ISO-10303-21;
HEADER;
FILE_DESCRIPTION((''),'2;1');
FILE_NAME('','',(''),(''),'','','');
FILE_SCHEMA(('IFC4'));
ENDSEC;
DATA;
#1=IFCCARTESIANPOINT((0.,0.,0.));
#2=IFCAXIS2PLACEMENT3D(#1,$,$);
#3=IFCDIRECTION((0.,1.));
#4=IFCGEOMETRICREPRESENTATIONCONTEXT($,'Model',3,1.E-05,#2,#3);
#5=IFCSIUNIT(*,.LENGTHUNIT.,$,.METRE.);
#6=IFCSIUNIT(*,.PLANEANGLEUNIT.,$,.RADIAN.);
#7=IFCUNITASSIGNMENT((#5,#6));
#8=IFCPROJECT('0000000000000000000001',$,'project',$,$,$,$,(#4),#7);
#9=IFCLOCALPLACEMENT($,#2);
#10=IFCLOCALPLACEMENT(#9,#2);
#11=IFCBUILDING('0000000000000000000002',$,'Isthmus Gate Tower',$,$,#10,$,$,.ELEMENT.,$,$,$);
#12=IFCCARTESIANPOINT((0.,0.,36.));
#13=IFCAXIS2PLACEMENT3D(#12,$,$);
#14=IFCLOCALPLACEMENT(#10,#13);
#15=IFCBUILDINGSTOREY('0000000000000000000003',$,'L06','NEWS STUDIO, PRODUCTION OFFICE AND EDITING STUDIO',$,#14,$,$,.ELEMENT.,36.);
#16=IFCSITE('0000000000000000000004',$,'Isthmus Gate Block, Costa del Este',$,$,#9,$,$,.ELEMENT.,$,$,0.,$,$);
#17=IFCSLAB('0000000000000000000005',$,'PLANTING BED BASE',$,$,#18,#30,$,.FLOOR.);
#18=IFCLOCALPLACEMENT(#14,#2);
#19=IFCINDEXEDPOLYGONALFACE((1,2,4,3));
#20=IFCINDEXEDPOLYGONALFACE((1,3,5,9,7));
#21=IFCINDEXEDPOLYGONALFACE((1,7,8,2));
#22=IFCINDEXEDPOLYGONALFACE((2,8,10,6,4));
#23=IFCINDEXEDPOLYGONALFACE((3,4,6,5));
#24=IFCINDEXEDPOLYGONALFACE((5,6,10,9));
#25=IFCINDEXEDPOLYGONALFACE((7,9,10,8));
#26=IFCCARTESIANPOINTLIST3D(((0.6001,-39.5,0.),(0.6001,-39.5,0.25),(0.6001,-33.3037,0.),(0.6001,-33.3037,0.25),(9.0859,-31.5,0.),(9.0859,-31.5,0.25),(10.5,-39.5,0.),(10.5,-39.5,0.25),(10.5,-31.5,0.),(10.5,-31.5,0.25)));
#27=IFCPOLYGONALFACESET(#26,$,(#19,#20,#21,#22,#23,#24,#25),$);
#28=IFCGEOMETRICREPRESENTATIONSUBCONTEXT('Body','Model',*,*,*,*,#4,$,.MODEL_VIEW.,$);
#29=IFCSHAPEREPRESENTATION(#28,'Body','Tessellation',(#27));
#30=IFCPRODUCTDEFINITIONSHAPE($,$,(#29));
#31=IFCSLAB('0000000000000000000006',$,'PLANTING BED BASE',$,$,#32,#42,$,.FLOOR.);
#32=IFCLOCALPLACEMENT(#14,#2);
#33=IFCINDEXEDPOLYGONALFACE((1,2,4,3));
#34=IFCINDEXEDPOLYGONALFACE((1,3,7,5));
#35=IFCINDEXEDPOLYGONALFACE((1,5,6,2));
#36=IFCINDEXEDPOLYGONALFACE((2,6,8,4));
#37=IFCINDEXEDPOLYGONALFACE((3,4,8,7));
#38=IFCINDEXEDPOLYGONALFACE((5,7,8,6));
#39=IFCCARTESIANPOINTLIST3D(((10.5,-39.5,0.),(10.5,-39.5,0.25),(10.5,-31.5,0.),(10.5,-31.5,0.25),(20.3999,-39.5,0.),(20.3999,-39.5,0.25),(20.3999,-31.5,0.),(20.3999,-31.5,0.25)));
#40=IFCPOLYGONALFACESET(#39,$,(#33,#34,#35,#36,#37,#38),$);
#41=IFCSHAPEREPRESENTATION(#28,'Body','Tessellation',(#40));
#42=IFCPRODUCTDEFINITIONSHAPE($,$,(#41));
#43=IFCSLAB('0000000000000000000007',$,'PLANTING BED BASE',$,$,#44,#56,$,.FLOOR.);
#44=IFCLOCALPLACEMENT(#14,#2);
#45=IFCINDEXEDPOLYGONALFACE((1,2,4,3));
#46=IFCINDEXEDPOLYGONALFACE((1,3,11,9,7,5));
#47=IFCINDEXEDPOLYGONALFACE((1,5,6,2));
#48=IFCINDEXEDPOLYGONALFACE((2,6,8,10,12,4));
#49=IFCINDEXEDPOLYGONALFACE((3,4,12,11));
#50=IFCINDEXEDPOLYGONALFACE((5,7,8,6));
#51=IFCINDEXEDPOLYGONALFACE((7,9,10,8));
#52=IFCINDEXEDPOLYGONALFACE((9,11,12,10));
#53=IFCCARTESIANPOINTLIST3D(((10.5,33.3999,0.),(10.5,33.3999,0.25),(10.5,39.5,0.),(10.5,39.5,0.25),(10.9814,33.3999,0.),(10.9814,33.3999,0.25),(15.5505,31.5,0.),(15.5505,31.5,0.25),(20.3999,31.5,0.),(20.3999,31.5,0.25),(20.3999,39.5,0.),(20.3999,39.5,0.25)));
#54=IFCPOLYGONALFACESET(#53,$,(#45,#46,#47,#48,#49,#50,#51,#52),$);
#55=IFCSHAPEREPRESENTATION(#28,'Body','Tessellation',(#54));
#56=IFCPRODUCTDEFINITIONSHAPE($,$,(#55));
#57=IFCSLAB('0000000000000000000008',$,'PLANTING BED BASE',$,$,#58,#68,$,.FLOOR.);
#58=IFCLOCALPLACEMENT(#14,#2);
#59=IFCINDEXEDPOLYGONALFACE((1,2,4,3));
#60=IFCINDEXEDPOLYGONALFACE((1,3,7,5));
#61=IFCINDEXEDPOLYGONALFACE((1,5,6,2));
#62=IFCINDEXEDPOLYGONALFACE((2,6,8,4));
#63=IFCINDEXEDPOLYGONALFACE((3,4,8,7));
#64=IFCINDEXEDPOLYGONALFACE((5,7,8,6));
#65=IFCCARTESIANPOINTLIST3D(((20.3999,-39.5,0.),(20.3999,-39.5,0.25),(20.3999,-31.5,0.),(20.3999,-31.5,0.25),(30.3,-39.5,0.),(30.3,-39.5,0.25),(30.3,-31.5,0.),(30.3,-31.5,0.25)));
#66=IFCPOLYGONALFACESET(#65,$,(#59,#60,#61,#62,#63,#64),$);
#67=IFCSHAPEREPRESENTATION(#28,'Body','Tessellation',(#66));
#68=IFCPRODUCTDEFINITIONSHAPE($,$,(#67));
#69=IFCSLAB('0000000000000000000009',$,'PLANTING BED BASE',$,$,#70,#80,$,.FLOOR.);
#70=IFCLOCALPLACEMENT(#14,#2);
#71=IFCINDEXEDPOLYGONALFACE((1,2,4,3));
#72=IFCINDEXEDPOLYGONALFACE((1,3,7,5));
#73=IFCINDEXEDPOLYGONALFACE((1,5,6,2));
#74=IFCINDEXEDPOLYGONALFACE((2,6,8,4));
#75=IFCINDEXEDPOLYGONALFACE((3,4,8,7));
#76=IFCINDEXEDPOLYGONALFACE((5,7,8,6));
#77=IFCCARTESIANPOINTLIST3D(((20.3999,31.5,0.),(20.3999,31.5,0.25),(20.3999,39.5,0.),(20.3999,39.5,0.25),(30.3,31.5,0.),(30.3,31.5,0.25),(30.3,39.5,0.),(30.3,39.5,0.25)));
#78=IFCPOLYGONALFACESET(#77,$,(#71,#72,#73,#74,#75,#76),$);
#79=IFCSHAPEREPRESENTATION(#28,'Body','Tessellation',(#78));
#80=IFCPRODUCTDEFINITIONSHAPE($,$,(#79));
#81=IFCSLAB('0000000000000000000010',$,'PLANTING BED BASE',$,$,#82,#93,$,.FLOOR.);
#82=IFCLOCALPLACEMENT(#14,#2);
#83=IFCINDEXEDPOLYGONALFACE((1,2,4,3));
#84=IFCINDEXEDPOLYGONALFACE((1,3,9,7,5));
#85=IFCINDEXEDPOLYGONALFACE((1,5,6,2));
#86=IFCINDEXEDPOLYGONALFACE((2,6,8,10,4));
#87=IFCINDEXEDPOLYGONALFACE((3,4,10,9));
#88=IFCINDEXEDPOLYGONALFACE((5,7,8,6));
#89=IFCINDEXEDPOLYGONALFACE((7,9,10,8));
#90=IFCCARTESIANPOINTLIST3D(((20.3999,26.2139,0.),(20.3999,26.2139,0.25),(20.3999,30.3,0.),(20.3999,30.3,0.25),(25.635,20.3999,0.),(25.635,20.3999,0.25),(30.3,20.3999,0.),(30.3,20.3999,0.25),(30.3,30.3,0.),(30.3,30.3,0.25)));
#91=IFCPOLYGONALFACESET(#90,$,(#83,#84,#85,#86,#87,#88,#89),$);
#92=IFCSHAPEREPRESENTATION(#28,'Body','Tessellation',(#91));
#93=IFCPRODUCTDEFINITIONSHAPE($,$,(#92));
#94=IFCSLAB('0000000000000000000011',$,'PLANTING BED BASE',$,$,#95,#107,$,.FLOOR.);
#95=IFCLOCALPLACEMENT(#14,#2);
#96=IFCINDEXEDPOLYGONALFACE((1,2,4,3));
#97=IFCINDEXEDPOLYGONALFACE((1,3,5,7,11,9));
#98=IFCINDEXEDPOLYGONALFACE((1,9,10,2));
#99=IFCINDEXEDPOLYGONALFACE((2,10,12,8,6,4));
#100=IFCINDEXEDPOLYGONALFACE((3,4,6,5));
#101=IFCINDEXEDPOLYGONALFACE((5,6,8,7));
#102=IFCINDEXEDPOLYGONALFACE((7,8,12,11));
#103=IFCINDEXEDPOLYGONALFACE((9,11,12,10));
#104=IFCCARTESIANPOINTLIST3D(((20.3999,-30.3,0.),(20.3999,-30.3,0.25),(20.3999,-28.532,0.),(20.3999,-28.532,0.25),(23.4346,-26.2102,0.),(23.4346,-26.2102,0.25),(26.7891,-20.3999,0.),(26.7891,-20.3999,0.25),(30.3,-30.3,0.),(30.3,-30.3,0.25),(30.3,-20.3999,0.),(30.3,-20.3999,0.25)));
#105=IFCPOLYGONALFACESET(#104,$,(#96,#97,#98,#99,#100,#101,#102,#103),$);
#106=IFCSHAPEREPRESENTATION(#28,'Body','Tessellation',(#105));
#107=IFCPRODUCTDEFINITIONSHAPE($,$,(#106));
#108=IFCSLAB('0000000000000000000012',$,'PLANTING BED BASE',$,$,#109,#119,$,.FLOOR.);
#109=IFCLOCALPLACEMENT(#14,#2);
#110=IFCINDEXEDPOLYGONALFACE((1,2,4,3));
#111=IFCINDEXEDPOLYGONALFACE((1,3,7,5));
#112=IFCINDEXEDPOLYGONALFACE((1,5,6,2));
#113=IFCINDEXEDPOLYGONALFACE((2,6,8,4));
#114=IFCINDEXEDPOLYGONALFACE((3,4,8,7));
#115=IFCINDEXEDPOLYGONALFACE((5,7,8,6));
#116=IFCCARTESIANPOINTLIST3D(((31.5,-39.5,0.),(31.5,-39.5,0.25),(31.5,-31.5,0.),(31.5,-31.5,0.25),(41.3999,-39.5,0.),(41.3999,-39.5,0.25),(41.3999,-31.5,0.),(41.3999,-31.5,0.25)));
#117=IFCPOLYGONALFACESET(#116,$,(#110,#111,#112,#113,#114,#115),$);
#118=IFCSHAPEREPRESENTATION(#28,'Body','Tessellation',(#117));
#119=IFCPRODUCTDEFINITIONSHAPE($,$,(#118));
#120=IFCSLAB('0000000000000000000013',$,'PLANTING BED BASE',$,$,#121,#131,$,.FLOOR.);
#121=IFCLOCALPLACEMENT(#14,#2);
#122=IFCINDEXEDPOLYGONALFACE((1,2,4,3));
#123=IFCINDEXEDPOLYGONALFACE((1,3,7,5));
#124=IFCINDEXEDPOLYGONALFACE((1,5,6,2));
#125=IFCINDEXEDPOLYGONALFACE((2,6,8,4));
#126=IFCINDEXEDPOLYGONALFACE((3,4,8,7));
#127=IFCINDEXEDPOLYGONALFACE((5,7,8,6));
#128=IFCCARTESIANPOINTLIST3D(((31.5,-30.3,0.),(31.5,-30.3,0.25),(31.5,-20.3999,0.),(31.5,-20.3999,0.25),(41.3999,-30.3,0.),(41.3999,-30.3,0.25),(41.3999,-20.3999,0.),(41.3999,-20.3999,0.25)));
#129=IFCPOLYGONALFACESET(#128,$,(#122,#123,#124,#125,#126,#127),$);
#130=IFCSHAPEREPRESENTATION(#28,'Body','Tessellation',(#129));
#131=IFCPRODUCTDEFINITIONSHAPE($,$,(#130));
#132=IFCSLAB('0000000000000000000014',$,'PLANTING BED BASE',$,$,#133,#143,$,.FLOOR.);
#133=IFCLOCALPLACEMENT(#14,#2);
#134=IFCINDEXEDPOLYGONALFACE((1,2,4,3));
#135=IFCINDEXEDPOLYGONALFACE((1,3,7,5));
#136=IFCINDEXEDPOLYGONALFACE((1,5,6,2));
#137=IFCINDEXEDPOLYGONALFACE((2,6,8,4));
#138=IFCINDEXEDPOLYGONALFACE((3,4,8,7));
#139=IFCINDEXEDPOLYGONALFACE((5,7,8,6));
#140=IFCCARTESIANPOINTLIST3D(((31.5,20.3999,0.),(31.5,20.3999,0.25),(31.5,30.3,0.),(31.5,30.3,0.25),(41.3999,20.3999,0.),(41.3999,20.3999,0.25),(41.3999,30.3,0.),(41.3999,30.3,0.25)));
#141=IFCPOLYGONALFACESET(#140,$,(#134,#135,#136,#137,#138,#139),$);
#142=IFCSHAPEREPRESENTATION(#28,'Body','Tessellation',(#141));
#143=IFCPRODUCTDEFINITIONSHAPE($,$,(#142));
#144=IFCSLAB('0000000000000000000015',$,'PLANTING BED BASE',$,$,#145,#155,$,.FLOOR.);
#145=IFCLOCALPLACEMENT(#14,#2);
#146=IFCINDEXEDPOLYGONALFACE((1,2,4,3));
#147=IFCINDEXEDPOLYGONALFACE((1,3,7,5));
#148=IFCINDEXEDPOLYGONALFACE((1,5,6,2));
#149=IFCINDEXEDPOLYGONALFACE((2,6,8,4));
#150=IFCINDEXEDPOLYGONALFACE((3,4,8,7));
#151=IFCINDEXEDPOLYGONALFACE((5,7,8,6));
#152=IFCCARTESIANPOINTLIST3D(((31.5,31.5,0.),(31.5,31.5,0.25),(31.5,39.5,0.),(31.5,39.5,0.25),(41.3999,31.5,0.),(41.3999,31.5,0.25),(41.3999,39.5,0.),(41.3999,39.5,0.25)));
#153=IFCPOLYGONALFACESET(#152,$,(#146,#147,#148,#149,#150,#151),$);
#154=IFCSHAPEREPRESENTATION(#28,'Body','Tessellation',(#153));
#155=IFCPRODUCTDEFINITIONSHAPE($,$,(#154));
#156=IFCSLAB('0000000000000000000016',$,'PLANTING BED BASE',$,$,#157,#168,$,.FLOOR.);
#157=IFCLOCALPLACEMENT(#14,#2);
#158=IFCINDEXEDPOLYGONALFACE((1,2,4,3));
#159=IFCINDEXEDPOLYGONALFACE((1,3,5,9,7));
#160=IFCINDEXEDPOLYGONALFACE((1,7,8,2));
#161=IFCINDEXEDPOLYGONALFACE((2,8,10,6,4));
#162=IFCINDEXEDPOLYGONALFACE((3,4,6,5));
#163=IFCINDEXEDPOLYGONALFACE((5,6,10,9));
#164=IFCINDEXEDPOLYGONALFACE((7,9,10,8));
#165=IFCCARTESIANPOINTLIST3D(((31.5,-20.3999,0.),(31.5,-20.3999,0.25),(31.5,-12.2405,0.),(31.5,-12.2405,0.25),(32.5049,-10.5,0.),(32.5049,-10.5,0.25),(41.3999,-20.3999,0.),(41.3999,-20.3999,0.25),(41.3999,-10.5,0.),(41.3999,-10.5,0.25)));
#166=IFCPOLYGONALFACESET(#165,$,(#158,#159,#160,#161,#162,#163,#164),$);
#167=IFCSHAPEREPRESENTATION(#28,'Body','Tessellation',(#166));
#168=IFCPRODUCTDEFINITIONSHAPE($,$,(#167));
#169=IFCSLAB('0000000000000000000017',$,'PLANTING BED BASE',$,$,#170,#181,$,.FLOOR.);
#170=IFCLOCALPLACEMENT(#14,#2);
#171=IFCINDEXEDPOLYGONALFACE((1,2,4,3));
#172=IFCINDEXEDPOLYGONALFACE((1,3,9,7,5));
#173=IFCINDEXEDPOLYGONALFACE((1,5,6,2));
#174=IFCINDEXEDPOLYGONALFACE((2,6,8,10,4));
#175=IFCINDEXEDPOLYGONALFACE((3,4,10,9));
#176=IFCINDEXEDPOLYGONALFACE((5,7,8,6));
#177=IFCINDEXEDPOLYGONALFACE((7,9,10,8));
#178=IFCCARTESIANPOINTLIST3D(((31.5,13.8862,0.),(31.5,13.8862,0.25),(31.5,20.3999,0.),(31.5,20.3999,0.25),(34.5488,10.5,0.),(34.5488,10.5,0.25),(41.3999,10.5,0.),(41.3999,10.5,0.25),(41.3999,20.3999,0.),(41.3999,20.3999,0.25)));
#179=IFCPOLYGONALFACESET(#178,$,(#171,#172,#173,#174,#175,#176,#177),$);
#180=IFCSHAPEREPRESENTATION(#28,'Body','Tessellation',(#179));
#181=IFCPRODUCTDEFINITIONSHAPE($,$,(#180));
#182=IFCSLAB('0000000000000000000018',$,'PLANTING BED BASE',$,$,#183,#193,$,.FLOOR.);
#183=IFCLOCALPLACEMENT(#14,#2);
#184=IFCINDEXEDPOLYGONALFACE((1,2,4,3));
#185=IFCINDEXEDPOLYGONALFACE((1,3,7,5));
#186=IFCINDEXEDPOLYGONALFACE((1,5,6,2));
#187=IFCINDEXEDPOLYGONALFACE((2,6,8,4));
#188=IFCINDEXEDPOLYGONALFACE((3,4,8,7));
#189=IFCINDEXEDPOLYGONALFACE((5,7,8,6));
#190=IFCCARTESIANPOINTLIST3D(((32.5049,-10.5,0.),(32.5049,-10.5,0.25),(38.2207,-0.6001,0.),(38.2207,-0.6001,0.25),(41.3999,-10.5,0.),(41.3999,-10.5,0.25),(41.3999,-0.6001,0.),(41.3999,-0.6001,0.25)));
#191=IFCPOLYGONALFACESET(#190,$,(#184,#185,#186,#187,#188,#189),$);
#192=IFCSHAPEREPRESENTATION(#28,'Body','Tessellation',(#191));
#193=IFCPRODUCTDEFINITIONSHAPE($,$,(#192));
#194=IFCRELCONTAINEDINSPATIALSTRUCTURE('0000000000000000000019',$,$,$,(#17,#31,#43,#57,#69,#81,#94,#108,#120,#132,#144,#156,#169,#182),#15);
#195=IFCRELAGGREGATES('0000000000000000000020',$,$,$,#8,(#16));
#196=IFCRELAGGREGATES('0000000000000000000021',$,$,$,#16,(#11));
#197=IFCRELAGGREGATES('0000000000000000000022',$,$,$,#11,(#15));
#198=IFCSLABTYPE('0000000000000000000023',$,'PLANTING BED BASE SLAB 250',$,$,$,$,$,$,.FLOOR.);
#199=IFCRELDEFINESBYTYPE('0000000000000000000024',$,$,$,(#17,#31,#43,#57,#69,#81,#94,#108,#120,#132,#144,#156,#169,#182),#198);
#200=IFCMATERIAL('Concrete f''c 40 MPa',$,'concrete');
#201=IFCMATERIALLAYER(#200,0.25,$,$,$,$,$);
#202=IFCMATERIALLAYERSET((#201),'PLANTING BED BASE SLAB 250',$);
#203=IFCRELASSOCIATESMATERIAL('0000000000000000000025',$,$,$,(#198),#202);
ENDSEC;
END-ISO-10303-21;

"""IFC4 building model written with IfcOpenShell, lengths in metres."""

from ifc_helpers import new_model, si_unit, direction, frame, origin, place, context, subcontext, project, spatial, polyline, outline, extrude, material, layer, layer_set, type_object, element, save


model = new_model("IFC4")

# Units and contexts
model_context = context("Model", 3, precision=1e-05, world=origin(), true_north=direction((0.0, 1.0)))
body_context = subcontext(model_context, "Body", "Model", "MODEL_VIEW")
ifc_project = project(units=[si_unit("LENGTHUNIT", "METRE"), si_unit("PLANEANGLEUNIT", "RADIAN")], contexts=[model_context])

# Site, building, storey
site_placement = place(None, origin())
site = spatial("IfcSite", under=ifc_project, at=site_placement, Name="Isthmus Gate Block, Costa del Este", CompositionType="ELEMENT", RefElevation=0.0)
building_placement = place(site_placement, origin())
building = spatial("IfcBuilding", under=site, at=building_placement, Name="Isthmus Gate Tower", CompositionType="ELEMENT")
storey_placement = place(building_placement, frame((0.0, 0.0, 36.0)))
storey = spatial("IfcBuildingStorey", under=building, at=storey_placement, Name="L06", Description="NEWS STUDIO, PRODUCTION OFFICE AND EDITING STUDIO", CompositionType="ELEMENT", Elevation=36.0)

# Slabs
ifc_material_1 = material(Name="Concrete f'c 40 MPa", Category="concrete")
ifc_layer = layer(ifc_material_1, 0.25)
ifc_layer_set = layer_set([ifc_layer], Name="PLANTING BED BASE SLAB 250")
slab_type = type_object("IfcSlabType", Name="PLANTING BED BASE SLAB 250", PredefinedType="FLOOR", material=ifc_layer_set)
slab_1_placement = place(storey_placement, origin())
element("IfcSlab", 1, at=slab_1_placement, inside=storey, type_object=slab_type, Name="PLANTING BED BASE", PredefinedType="FLOOR", context=body_context, shape_type="SweptSolid", body=[
    extrude(outline(polyline([(10.5, -31.5), (9.0859, -31.5), (0.6001, -33.3037), (0.6001, -39.5), (10.5, -39.5), (10.5, -31.5)])), origin(), (0.0, 0.0, 1.0), 0.25),
])
slab_2_placement = place(storey_placement, origin())
element("IfcSlab", 2, at=slab_2_placement, inside=storey, type_object=slab_type, Name="PLANTING BED BASE", PredefinedType="FLOOR", context=body_context, shape_type="SweptSolid", body=[
    extrude(outline(polyline([(10.5, -31.5), (10.5, -39.5), (20.3999, -39.5), (20.3999, -31.5), (10.5, -31.5)])), origin(), (0.0, 0.0, 1.0), 0.25),
])
slab_3_placement = place(storey_placement, origin())
element("IfcSlab", 3, at=slab_3_placement, inside=storey, type_object=slab_type, Name="PLANTING BED BASE", PredefinedType="FLOOR", context=body_context, shape_type="SweptSolid", body=[
    extrude(outline(polyline([(20.3999, 31.5), (20.3999, 39.5), (10.5, 39.5), (10.5, 33.3999), (10.9814, 33.3999), (15.5505, 31.5), (20.3999, 31.5)])), origin(), (0.0, 0.0, 1.0), 0.25),
])
slab_4_placement = place(storey_placement, origin())
element("IfcSlab", 4, at=slab_4_placement, inside=storey, type_object=slab_type, Name="PLANTING BED BASE", PredefinedType="FLOOR", context=body_context, shape_type="SweptSolid", body=[
    extrude(outline(polyline([(20.3999, -31.5), (20.3999, -39.5), (30.3, -39.5), (30.3, -31.5), (20.3999, -31.5)])), origin(), (0.0, 0.0, 1.0), 0.25),
])
slab_5_placement = place(storey_placement, origin())
element("IfcSlab", 5, at=slab_5_placement, inside=storey, type_object=slab_type, Name="PLANTING BED BASE", PredefinedType="FLOOR", context=body_context, shape_type="SweptSolid", body=[
    extrude(outline(polyline([(30.3, 31.5), (30.3, 39.5), (20.3999, 39.5), (20.3999, 31.5), (30.3, 31.5)])), origin(), (0.0, 0.0, 1.0), 0.25),
])
slab_6_placement = place(storey_placement, origin())
element("IfcSlab", 6, at=slab_6_placement, inside=storey, type_object=slab_type, Name="PLANTING BED BASE", PredefinedType="FLOOR", context=body_context, shape_type="SweptSolid", body=[
    extrude(outline(polyline([(20.3999, 30.3), (20.3999, 26.2139), (25.635, 20.3999), (30.3, 20.3999), (30.3, 30.3), (20.3999, 30.3)])), origin(), (0.0, 0.0, 1.0), 0.25),
])
slab_7_placement = place(storey_placement, origin())
element("IfcSlab", 7, at=slab_7_placement, inside=storey, type_object=slab_type, Name="PLANTING BED BASE", PredefinedType="FLOOR", context=body_context, shape_type="SweptSolid", body=[
    extrude(outline(polyline([(30.3, -20.3999), (26.7891, -20.3999), (23.4346, -26.2102), (20.3999, -28.532), (20.3999, -30.3), (30.3, -30.3), (30.3, -20.3999)])), origin(), (0.0, 0.0, 1.0), 0.25),
])
slab_8_placement = place(storey_placement, origin())
element("IfcSlab", 8, at=slab_8_placement, inside=storey, type_object=slab_type, Name="PLANTING BED BASE", PredefinedType="FLOOR", context=body_context, shape_type="SweptSolid", body=[
    extrude(outline(polyline([(31.5, -31.5), (31.5, -39.5), (41.3999, -39.5), (41.3999, -31.5), (31.5, -31.5)])), origin(), (0.0, 0.0, 1.0), 0.25),
])
slab_9_placement = place(storey_placement, origin())
element("IfcSlab", 9, at=slab_9_placement, inside=storey, type_object=slab_type, Name="PLANTING BED BASE", PredefinedType="FLOOR", context=body_context, shape_type="SweptSolid", body=[
    extrude(outline(polyline([(31.5, -30.3), (41.3999, -30.3), (41.3999, -20.3999), (31.5, -20.3999), (31.5, -30.3)])), origin(), (0.0, 0.0, 1.0), 0.25),
])
slab_10_placement = place(storey_placement, origin())
element("IfcSlab", 10, at=slab_10_placement, inside=storey, type_object=slab_type, Name="PLANTING BED BASE", PredefinedType="FLOOR", context=body_context, shape_type="SweptSolid", body=[
    extrude(outline(polyline([(31.5, 20.3999), (41.3999, 20.3999), (41.3999, 30.3), (31.5, 30.3), (31.5, 20.3999)])), origin(), (0.0, 0.0, 1.0), 0.25),
])
slab_11_placement = place(storey_placement, origin())
element("IfcSlab", 11, at=slab_11_placement, inside=storey, type_object=slab_type, Name="PLANTING BED BASE", PredefinedType="FLOOR", context=body_context, shape_type="SweptSolid", body=[
    extrude(outline(polyline([(41.3999, 31.5), (41.3999, 39.5), (31.5, 39.5), (31.5, 31.5), (41.3999, 31.5)])), origin(), (0.0, 0.0, 1.0), 0.25),
])
slab_12_placement = place(storey_placement, origin())
element("IfcSlab", 12, at=slab_12_placement, inside=storey, type_object=slab_type, Name="PLANTING BED BASE", PredefinedType="FLOOR", context=body_context, shape_type="SweptSolid", body=[
    extrude(outline(polyline([(41.3999, -10.5), (32.5049, -10.5), (31.5, -12.2405), (31.5, -20.3999), (41.3999, -20.3999), (41.3999, -10.5)])), origin(), (0.0, 0.0, 1.0), 0.25),
])
slab_13_placement = place(storey_placement, origin())
element("IfcSlab", 13, at=slab_13_placement, inside=storey, type_object=slab_type, Name="PLANTING BED BASE", PredefinedType="FLOOR", context=body_context, shape_type="SweptSolid", body=[
    extrude(outline(polyline([(31.5, 20.3999), (31.5, 13.8862), (34.5488, 10.5), (41.3999, 10.5), (41.3999, 20.3999), (31.5, 20.3999)])), origin(), (0.0, 0.0, 1.0), 0.25),
])
slab_14_placement = place(storey_placement, origin())
element("IfcSlab", 14, at=slab_14_placement, inside=storey, type_object=slab_type, Name="PLANTING BED BASE", PredefinedType="FLOOR", context=body_context, shape_type="SweptSolid", body=[
    extrude(outline(polyline([(41.3999, -0.6001), (38.2207, -0.6001), (32.5049, -10.5), (41.3999, -10.5), (41.3999, -0.6001)])), origin(), (0.0, 0.0, 1.0), 0.25),
])

save(model, "model.ifc")
